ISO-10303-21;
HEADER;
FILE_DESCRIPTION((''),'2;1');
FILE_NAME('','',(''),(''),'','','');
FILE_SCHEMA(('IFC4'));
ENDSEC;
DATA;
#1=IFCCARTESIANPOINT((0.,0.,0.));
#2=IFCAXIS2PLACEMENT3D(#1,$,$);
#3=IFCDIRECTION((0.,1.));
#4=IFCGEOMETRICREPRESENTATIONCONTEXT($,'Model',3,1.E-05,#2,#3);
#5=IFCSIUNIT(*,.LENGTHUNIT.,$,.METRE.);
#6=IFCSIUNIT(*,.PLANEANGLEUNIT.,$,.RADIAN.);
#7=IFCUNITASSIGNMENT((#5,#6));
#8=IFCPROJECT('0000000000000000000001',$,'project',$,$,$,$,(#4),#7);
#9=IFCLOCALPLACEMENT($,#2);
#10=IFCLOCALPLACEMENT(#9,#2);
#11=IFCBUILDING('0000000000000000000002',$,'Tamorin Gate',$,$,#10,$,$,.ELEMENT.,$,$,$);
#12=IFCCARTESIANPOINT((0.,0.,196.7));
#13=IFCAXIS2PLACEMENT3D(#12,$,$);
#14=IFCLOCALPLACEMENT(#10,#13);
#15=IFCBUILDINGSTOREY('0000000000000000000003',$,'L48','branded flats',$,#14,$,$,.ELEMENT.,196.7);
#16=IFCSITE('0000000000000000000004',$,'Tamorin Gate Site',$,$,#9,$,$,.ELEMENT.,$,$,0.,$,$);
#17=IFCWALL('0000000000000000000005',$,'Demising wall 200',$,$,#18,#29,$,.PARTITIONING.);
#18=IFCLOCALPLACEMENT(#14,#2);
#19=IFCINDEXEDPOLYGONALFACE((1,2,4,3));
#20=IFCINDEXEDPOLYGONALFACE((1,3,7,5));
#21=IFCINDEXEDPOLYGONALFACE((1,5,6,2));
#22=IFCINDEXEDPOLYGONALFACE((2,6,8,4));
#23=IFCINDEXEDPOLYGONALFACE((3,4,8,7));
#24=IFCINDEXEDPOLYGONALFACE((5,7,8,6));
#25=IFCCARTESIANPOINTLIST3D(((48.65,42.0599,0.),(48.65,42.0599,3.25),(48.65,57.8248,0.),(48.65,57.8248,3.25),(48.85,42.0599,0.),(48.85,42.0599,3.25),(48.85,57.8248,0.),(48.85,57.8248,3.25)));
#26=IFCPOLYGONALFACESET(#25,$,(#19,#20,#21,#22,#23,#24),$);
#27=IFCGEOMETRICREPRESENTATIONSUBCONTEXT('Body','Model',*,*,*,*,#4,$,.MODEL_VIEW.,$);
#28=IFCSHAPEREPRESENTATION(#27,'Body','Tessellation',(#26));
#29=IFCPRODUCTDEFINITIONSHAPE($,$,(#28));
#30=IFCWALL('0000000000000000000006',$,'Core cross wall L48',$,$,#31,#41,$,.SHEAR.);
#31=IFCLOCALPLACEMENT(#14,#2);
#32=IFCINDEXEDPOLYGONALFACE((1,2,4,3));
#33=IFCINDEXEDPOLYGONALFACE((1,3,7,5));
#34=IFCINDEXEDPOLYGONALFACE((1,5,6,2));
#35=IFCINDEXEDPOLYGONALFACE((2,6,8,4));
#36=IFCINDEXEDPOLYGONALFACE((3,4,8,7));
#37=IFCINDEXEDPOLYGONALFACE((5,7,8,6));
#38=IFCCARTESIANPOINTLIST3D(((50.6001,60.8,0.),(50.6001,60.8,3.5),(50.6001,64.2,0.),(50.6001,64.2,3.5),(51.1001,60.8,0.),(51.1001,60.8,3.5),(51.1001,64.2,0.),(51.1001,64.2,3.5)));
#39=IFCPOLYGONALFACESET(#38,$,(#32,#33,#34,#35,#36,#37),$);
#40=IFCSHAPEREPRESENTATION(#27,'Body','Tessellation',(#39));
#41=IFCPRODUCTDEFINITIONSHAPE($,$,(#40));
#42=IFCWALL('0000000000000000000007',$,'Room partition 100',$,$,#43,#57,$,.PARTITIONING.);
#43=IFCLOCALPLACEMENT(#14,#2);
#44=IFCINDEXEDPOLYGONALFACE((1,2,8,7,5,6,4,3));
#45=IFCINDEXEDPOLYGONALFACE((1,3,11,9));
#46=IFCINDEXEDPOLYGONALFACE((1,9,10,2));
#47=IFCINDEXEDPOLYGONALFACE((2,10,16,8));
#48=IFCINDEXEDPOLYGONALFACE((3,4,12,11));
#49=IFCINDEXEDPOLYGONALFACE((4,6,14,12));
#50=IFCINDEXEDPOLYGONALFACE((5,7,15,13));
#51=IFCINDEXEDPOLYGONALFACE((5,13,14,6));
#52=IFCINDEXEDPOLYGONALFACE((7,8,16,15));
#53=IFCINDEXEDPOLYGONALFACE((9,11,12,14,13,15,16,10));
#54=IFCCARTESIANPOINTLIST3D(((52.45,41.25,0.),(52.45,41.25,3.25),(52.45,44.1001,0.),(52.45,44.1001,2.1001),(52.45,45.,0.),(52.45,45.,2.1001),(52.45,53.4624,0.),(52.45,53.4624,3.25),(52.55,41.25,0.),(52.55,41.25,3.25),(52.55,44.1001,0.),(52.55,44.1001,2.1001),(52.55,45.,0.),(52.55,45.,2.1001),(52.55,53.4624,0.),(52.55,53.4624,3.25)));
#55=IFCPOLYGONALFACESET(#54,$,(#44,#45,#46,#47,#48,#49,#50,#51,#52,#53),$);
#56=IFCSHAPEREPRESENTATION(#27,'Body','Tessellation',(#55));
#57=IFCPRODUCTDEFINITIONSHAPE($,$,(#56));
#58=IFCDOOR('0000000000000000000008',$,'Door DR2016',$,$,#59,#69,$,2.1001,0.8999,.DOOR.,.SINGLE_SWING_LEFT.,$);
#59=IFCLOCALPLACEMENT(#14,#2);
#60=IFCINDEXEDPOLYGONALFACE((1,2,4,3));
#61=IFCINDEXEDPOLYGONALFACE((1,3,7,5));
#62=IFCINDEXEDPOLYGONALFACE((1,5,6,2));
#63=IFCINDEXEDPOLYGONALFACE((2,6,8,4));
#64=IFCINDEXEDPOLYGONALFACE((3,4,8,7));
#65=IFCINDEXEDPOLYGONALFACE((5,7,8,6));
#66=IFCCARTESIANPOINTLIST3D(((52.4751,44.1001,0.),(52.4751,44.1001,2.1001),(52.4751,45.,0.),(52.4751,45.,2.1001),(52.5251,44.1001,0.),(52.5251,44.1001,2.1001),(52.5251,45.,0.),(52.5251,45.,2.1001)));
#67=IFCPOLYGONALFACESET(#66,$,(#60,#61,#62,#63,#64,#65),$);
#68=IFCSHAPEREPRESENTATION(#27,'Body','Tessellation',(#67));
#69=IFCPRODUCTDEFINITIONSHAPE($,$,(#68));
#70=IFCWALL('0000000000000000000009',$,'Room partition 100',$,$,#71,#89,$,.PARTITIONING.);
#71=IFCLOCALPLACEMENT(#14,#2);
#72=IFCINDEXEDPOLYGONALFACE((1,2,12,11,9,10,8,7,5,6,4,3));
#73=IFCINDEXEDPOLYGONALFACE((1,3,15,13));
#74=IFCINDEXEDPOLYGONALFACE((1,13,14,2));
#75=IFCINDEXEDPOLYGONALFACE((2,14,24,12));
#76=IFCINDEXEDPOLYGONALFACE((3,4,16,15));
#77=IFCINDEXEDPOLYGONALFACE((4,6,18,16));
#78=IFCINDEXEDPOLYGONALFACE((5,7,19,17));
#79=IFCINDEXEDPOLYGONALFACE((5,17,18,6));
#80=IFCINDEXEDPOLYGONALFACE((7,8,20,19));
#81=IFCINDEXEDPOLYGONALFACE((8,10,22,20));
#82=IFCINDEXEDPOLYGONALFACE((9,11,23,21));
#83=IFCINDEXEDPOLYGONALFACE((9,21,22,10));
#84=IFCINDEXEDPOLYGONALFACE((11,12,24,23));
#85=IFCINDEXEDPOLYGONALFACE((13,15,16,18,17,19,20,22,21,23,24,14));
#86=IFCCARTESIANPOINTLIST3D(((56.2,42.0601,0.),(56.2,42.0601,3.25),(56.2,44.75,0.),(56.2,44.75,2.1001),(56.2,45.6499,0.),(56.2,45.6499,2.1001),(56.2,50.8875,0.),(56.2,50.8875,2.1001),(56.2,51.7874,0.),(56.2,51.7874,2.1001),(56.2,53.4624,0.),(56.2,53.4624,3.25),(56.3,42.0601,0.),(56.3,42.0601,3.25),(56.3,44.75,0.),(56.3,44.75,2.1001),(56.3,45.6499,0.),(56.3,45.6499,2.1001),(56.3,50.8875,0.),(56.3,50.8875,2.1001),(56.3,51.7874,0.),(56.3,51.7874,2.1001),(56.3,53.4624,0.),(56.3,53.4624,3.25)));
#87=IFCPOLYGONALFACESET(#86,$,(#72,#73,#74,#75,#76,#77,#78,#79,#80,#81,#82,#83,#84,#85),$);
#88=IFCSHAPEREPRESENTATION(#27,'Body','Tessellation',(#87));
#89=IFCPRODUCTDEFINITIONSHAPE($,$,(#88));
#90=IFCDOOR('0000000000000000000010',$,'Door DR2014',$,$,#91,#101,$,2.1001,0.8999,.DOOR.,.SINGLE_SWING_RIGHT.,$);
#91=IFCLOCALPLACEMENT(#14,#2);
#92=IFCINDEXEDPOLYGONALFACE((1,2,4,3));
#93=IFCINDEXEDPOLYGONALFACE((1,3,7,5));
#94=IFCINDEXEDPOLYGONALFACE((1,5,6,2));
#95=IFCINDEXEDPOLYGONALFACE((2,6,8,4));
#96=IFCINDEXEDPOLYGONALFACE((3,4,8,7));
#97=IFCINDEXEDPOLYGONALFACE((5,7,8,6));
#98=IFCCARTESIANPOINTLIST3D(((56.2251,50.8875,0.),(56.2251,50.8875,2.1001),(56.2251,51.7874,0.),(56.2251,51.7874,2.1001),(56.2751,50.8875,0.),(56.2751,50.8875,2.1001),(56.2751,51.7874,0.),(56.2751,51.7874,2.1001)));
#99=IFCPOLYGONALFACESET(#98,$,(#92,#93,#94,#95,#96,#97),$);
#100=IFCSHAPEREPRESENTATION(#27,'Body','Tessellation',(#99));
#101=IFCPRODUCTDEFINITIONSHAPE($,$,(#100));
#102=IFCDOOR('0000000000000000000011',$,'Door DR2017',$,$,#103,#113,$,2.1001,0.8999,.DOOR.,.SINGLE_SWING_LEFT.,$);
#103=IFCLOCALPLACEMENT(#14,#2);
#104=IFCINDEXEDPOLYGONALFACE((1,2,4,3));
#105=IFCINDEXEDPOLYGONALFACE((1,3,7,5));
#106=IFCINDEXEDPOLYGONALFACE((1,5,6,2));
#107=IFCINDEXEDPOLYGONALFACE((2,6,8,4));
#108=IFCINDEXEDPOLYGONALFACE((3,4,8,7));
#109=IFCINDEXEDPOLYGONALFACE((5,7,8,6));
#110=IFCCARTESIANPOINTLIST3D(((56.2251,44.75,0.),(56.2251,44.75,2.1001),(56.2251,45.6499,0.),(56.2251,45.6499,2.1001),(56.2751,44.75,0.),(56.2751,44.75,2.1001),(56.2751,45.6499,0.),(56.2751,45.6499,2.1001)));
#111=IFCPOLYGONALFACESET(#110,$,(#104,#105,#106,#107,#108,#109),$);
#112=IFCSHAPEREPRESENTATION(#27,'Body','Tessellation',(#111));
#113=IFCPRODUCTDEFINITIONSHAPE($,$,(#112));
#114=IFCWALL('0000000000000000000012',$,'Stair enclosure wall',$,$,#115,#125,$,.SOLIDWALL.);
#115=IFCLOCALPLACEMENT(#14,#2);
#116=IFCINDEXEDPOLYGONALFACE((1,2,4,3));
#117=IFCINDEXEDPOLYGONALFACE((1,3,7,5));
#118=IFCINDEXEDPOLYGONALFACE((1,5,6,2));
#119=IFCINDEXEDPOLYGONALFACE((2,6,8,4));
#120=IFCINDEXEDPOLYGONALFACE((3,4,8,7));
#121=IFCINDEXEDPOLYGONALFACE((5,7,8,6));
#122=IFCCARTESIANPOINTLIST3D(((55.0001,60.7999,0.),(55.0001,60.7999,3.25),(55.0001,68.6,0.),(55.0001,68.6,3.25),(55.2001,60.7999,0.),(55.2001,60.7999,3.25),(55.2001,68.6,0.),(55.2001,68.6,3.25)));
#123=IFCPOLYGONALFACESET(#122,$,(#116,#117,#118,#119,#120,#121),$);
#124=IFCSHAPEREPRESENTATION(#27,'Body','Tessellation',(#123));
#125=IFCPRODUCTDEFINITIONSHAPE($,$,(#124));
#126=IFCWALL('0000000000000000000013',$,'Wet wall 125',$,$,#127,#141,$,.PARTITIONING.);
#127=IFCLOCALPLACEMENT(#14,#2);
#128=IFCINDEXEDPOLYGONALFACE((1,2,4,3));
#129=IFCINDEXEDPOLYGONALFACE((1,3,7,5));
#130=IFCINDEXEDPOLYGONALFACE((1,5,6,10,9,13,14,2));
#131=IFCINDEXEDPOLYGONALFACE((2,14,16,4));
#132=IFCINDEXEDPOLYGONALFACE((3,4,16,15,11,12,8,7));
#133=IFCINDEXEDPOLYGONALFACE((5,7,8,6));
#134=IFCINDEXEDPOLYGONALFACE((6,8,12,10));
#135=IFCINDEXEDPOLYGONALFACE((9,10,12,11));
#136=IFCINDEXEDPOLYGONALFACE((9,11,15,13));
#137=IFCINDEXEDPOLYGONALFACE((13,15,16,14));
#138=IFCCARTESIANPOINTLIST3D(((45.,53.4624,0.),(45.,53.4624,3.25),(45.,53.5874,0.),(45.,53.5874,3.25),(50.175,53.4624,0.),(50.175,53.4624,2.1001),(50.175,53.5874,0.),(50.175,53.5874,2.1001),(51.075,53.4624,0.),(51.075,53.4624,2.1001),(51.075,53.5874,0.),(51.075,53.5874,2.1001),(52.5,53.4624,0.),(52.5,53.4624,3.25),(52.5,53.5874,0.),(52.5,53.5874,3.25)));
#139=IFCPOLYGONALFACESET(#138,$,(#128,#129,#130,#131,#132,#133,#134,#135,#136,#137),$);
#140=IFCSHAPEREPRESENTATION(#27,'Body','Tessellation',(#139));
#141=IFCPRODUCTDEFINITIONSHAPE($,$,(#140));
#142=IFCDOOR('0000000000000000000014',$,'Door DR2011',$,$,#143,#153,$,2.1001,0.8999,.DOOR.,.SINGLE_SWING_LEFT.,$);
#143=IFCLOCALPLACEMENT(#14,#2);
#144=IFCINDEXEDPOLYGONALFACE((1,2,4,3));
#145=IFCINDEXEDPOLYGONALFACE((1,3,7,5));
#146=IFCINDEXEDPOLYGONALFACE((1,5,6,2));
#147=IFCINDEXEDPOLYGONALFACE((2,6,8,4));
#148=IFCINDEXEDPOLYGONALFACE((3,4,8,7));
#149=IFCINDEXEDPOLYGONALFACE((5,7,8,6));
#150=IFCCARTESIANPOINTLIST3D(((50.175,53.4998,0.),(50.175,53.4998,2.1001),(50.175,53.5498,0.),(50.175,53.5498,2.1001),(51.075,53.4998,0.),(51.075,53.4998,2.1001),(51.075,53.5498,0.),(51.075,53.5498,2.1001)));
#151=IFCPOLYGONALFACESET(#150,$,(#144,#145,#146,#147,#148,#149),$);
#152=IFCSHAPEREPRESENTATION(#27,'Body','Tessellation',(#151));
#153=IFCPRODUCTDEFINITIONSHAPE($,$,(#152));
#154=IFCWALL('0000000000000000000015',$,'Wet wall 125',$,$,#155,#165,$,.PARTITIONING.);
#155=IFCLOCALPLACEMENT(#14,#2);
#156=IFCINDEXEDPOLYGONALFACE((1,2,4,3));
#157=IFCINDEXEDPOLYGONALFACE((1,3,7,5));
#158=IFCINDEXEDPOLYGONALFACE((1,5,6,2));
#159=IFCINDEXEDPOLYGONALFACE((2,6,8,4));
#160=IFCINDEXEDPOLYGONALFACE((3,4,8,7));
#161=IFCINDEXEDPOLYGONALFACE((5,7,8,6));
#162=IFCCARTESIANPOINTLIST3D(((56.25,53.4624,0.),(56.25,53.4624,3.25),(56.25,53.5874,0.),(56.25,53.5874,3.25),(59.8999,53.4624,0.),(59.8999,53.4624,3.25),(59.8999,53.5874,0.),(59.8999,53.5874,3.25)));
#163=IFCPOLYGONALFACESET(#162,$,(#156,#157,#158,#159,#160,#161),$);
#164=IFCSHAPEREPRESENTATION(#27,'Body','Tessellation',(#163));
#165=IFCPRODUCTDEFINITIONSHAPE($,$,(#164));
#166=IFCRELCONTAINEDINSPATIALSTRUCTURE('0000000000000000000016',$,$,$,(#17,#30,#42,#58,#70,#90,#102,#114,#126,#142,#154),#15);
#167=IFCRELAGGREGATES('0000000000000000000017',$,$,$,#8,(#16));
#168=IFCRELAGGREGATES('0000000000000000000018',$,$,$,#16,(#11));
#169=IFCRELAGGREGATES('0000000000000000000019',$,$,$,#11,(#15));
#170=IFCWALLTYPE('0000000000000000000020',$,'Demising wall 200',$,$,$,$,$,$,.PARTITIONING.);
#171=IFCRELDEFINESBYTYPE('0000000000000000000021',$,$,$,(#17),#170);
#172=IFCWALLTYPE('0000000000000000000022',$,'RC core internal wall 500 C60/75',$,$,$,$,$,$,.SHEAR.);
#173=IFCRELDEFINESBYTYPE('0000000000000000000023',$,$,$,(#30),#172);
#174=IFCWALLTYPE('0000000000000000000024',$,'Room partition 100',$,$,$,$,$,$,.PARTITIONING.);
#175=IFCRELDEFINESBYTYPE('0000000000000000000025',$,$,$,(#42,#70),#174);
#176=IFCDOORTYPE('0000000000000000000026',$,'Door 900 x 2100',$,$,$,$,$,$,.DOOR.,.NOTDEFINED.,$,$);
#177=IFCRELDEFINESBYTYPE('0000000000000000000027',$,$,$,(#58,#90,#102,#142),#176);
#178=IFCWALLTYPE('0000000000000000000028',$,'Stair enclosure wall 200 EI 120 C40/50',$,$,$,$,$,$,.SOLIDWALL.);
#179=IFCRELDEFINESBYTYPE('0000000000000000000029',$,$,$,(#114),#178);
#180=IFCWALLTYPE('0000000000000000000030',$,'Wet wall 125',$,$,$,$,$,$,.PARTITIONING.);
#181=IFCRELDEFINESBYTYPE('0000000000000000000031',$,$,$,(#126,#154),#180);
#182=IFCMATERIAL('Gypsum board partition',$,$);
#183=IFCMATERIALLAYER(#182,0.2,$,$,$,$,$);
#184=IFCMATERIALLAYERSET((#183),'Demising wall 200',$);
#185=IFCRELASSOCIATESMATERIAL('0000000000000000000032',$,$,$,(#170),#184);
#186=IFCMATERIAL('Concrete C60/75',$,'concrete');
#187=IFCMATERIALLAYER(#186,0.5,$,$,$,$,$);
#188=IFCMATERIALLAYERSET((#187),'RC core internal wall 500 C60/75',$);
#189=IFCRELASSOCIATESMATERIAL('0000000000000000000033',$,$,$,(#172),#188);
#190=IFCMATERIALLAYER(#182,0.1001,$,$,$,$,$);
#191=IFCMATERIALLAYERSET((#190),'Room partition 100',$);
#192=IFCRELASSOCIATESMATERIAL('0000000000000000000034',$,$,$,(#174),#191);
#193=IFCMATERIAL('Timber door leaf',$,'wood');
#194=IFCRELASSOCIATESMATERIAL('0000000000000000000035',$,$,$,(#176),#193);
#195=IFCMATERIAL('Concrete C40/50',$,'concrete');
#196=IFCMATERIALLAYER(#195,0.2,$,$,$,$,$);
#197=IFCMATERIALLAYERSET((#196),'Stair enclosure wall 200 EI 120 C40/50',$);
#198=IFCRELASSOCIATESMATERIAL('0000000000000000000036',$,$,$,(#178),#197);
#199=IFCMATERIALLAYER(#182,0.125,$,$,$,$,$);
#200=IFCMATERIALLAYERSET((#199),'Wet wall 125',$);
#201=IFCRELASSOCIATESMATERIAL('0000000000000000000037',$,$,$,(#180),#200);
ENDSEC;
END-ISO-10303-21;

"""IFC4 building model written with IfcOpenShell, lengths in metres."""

from ifc_helpers import new_model, si_unit, direction, frame, frame_2d, origin, place, context, subcontext, project, spatial, rectangle, extrude, material, layer, layer_set, type_object, element, fill, save


model = new_model("IFC4")

# Units and contexts
model_context = context("Model", 3, precision=1e-05, world=origin(), true_north=direction((0.0, 1.0)))
body_context = subcontext(model_context, "Body", "Model", "MODEL_VIEW")
ifc_project = project(units=[si_unit("LENGTHUNIT", "METRE"), si_unit("PLANEANGLEUNIT", "RADIAN")], contexts=[model_context])

# Site, building, storey
site_placement = place(None, origin())
site = spatial("IfcSite", under=ifc_project, at=site_placement, Name="Tamorin Gate Site", CompositionType="ELEMENT", RefElevation=0.0)
building_placement = place(site_placement, origin())
building = spatial("IfcBuilding", under=site, at=building_placement, Name="Tamorin Gate", CompositionType="ELEMENT")
storey_placement = place(building_placement, frame((0.0, 0.0, 196.7)))
storey = spatial("IfcBuildingStorey", under=building, at=storey_placement, Name="L48", Description="branded flats", CompositionType="ELEMENT", Elevation=196.7)

# Shared definitions
ifc_material_1 = material(Name="Concrete C60/75", Category="concrete")

# Walls
ifc_material_2 = material(Name="Gypsum board partition")
ifc_layer_1 = layer(ifc_material_2, 0.2)
ifc_layer_set_1 = layer_set([ifc_layer_1], Name="Demising wall 200")
wall_type_1 = type_object("IfcWallType", Name="Demising wall 200", PredefinedType="PARTITIONING", material=ifc_layer_set_1)
wall_1_placement = place(storey_placement, frame((48.75, 42.0601, 0.0), z_axis=(0.0, 0.0, 1.0), x_axis=(0.0, 1.0, 0.0)))
element("IfcWall", 1, at=wall_1_placement, inside=storey, type_object=wall_type_1, Name="Demising wall 200", PredefinedType="PARTITIONING", context=body_context, shape_type="SweptSolid", body=[
    extrude(rectangle(XDim=15.7649, YDim=0.2, at=frame_2d((7.8823, 0.0))), origin(), (0.0, 0.0, 1.0), 3.25),
])
ifc_layer_2 = layer(ifc_material_1, 0.5)
ifc_layer_set_2 = layer_set([ifc_layer_2], Name="RC core internal wall 500 C60/75")
wall_type_2 = type_object("IfcWallType", Name="RC core internal wall 500 C60/75", PredefinedType="SHEAR", material=ifc_layer_set_2)
wall_2_placement = place(storey_placement, frame((50.8501, 60.8, 0.0), z_axis=(0.0, 0.0, 1.0), x_axis=(0.0, 1.0, 0.0)))
element("IfcWall", 2, at=wall_2_placement, inside=storey, type_object=wall_type_2, Name="Core cross wall L48", PredefinedType="SHEAR", context=body_context, shape_type="SweptSolid", body=[
    extrude(rectangle(XDim=3.3999, YDim=0.5, at=frame_2d((1.7, 0.0))), origin(), (0.0, 0.0, 1.0), 3.5),
])

# Wall, opening, door
ifc_layer_3 = layer(ifc_material_2, 0.1001)
ifc_layer_set_3 = layer_set([ifc_layer_3], Name="Room partition 100")
wall_type_3 = type_object("IfcWallType", Name="Room partition 100", PredefinedType="PARTITIONING", material=ifc_layer_set_3)
wall_3_placement = place(storey_placement, frame((52.5, 41.25, 0.0), z_axis=(0.0, 0.0, 1.0), x_axis=(0.0, 1.0, 0.0)))
wall_3 = element("IfcWall", 3, at=wall_3_placement, inside=storey, type_object=wall_type_3, Name="Room partition 100", PredefinedType="PARTITIONING", context=body_context, shape_type="SweptSolid", body=[
    extrude(rectangle(XDim=12.2124, YDim=0.1001, at=frame_2d((6.1062, 0.0))), origin(), (0.0, 0.0, 1.0), 3.25),
])
opening_1_placement = place(wall_3_placement, frame((2.8501, 0.0, 0.0)))
opening_1 = element("IfcOpeningElement", 4, at=opening_1_placement, cuts=wall_3, PredefinedType="OPENING", context=body_context, shape_type="SweptSolid", body=[
    extrude(rectangle(XDim=0.8999, YDim=2.1001, at=frame_2d((0.45, 1.05))), frame((0.0, 0.0601, 0.0), z_axis=(0.0, -1.0, 0.0), x_axis=(1.0, 0.0, 0.0)), (0.0, 0.0, 1.0), 0.1201),
])
ifc_material_3 = material(Name="Timber door leaf", Category="wood")
door_type = type_object("IfcDoorType", Name="Door 900 x 2100", OperationType="NOTDEFINED", PredefinedType="DOOR", material=ifc_material_3)
door_1_placement = place(opening_1_placement, origin())
door_1 = element("IfcDoor", 5, at=door_1_placement, inside=storey, type_object=door_type, Name="Door DR2016", OperationType="SINGLE_SWING_LEFT", OverallHeight=2.1001, OverallWidth=0.8999, PredefinedType="DOOR", context=body_context, shape_type="SweptSolid", body=[
    extrude(rectangle(XDim=0.8999, YDim=2.1001, at=frame_2d((0.45, 1.05))), frame((0.0, 0.0249, 0.0), z_axis=(0.0, -1.0, 0.0), x_axis=(1.0, 0.0, 0.0)), (0.0, 0.0, 1.0), 0.05),
])
fill(opening_1, door_1)

# Wall, openings, doors
wall_4_placement = place(storey_placement, frame((56.25, 42.0601, 0.0), z_axis=(0.0, 0.0, 1.0), x_axis=(0.0, 1.0, 0.0)))
wall_4 = element("IfcWall", 6, at=wall_4_placement, inside=storey, type_object=wall_type_3, Name="Room partition 100", PredefinedType="PARTITIONING", context=body_context, shape_type="SweptSolid", body=[
    extrude(rectangle(XDim=11.4023, YDim=0.1001, at=frame_2d((5.7012, 0.0))), origin(), (0.0, 0.0, 1.0), 3.25),
])
opening_2_placement = place(wall_4_placement, frame((8.8274, 0.0, 0.0)))
opening_2 = element("IfcOpeningElement", 7, at=opening_2_placement, cuts=wall_4, PredefinedType="OPENING", context=body_context, shape_type="SweptSolid", body=[
    extrude(rectangle(XDim=0.8999, YDim=2.1001, at=frame_2d((0.45, 1.05))), frame((0.0, 0.0601, 0.0), z_axis=(0.0, -1.0, 0.0), x_axis=(1.0, 0.0, 0.0)), (0.0, 0.0, 1.0), 0.1201),
])
opening_3_placement = place(wall_4_placement, frame((2.6899, 0.0, 0.0)))
opening_3 = element("IfcOpeningElement", 8, at=opening_3_placement, cuts=wall_4, PredefinedType="OPENING", context=body_context, shape_type="SweptSolid", body=[
    extrude(rectangle(XDim=0.8999, YDim=2.1001, at=frame_2d((0.45, 1.05))), frame((0.0, 0.0601, 0.0), z_axis=(0.0, -1.0, 0.0), x_axis=(1.0, 0.0, 0.0)), (0.0, 0.0, 1.0), 0.1201),
])
door_2_placement = place(opening_2_placement, origin())
door_2 = element("IfcDoor", 9, at=door_2_placement, inside=storey, type_object=door_type, Name="Door DR2014", OperationType="SINGLE_SWING_RIGHT", OverallHeight=2.1001, OverallWidth=0.8999, PredefinedType="DOOR", context=body_context, shape_type="SweptSolid", body=[
    extrude(rectangle(XDim=0.8999, YDim=2.1001, at=frame_2d((0.45, 1.05))), frame((0.0, 0.0249, 0.0), z_axis=(0.0, -1.0, 0.0), x_axis=(1.0, 0.0, 0.0)), (0.0, 0.0, 1.0), 0.05),
])
fill(opening_2, door_2)
door_3_placement = place(opening_3_placement, origin())
door_3 = element("IfcDoor", 10, at=door_3_placement, inside=storey, type_object=door_type, Name="Door DR2017", OperationType="SINGLE_SWING_LEFT", OverallHeight=2.1001, OverallWidth=0.8999, PredefinedType="DOOR", context=body_context, shape_type="SweptSolid", body=[
    extrude(rectangle(XDim=0.8999, YDim=2.1001, at=frame_2d((0.45, 1.05))), frame((0.0, 0.0249, 0.0), z_axis=(0.0, -1.0, 0.0), x_axis=(1.0, 0.0, 0.0)), (0.0, 0.0, 1.0), 0.05),
])
fill(opening_3, door_3)

# Wall
ifc_material_4 = material(Name="Concrete C40/50", Category="concrete")
ifc_layer_4 = layer(ifc_material_4, 0.2)
ifc_layer_set_4 = layer_set([ifc_layer_4], Name="Stair enclosure wall 200 EI 120 C40/50")
wall_type_4 = type_object("IfcWallType", Name="Stair enclosure wall 200 EI 120 C40/50", PredefinedType="SOLIDWALL", material=ifc_layer_set_4)
wall_5_placement = place(storey_placement, frame((55.1001, 60.8, 0.0), z_axis=(0.0, 0.0, 1.0), x_axis=(0.0, 1.0, 0.0)))
element("IfcWall", 11, at=wall_5_placement, inside=storey, type_object=wall_type_4, Name="Stair enclosure wall", PredefinedType="SOLIDWALL", context=body_context, shape_type="SweptSolid", body=[
    extrude(rectangle(XDim=7.8, YDim=0.2, at=frame_2d((3.8999, 0.0))), origin(), (0.0, 0.0, 1.0), 3.25),
])

# Wall, opening, door
ifc_layer_5 = layer(ifc_material_2, 0.125)
ifc_layer_set_5 = layer_set([ifc_layer_5], Name="Wet wall 125")
wall_type_5 = type_object("IfcWallType", Name="Wet wall 125", PredefinedType="PARTITIONING", material=ifc_layer_set_5)
wall_6_placement = place(storey_placement, frame((45.0, 53.5249, 0.0), z_axis=(0.0, 0.0, 1.0), x_axis=(1.0, 0.0, 0.0)))
wall_6 = element("IfcWall", 12, at=wall_6_placement, inside=storey, type_object=wall_type_5, Name="Wet wall 125", PredefinedType="PARTITIONING", context=body_context, shape_type="SweptSolid", body=[
    extrude(rectangle(XDim=7.5, YDim=0.125, at=frame_2d((3.75, 0.0))), origin(), (0.0, 0.0, 1.0), 3.25),
])
opening_4_placement = place(wall_6_placement, frame((5.175, 0.0, 0.0)))
opening_4 = element("IfcOpeningElement", 13, at=opening_4_placement, cuts=wall_6, PredefinedType="OPENING", context=body_context, shape_type="SweptSolid", body=[
    extrude(rectangle(XDim=0.8999, YDim=2.1001, at=frame_2d((0.45, 1.05))), frame((0.0, 0.0725, 0.0), z_axis=(0.0, -1.0, 0.0), x_axis=(1.0, 0.0, 0.0)), (0.0, 0.0, 1.0), 0.145),
])
door_4_placement = place(opening_4_placement, origin())
door_4 = element("IfcDoor", 14, at=door_4_placement, inside=storey, type_object=door_type, Name="Door DR2011", OperationType="SINGLE_SWING_LEFT", OverallHeight=2.1001, OverallWidth=0.8999, PredefinedType="DOOR", context=body_context, shape_type="SweptSolid", body=[
    extrude(rectangle(XDim=0.8999, YDim=2.1001, at=frame_2d((0.45, 1.05))), frame((0.0, 0.0249, 0.0), z_axis=(0.0, -1.0, 0.0), x_axis=(1.0, 0.0, 0.0)), (0.0, 0.0, 1.0), 0.05),
])
fill(opening_4, door_4)

# Wall
wall_7_placement = place(storey_placement, frame((56.25, 53.5249, 0.0), z_axis=(0.0, 0.0, 1.0), x_axis=(1.0, 0.0, 0.0)))
element("IfcWall", 15, at=wall_7_placement, inside=storey, type_object=wall_type_5, Name="Wet wall 125", PredefinedType="PARTITIONING", context=body_context, shape_type="SweptSolid", body=[
    extrude(rectangle(XDim=3.6499, YDim=0.125, at=frame_2d((1.825, 0.0))), origin(), (0.0, 0.0, 1.0), 3.25),
])

save(model, "model.ifc")
